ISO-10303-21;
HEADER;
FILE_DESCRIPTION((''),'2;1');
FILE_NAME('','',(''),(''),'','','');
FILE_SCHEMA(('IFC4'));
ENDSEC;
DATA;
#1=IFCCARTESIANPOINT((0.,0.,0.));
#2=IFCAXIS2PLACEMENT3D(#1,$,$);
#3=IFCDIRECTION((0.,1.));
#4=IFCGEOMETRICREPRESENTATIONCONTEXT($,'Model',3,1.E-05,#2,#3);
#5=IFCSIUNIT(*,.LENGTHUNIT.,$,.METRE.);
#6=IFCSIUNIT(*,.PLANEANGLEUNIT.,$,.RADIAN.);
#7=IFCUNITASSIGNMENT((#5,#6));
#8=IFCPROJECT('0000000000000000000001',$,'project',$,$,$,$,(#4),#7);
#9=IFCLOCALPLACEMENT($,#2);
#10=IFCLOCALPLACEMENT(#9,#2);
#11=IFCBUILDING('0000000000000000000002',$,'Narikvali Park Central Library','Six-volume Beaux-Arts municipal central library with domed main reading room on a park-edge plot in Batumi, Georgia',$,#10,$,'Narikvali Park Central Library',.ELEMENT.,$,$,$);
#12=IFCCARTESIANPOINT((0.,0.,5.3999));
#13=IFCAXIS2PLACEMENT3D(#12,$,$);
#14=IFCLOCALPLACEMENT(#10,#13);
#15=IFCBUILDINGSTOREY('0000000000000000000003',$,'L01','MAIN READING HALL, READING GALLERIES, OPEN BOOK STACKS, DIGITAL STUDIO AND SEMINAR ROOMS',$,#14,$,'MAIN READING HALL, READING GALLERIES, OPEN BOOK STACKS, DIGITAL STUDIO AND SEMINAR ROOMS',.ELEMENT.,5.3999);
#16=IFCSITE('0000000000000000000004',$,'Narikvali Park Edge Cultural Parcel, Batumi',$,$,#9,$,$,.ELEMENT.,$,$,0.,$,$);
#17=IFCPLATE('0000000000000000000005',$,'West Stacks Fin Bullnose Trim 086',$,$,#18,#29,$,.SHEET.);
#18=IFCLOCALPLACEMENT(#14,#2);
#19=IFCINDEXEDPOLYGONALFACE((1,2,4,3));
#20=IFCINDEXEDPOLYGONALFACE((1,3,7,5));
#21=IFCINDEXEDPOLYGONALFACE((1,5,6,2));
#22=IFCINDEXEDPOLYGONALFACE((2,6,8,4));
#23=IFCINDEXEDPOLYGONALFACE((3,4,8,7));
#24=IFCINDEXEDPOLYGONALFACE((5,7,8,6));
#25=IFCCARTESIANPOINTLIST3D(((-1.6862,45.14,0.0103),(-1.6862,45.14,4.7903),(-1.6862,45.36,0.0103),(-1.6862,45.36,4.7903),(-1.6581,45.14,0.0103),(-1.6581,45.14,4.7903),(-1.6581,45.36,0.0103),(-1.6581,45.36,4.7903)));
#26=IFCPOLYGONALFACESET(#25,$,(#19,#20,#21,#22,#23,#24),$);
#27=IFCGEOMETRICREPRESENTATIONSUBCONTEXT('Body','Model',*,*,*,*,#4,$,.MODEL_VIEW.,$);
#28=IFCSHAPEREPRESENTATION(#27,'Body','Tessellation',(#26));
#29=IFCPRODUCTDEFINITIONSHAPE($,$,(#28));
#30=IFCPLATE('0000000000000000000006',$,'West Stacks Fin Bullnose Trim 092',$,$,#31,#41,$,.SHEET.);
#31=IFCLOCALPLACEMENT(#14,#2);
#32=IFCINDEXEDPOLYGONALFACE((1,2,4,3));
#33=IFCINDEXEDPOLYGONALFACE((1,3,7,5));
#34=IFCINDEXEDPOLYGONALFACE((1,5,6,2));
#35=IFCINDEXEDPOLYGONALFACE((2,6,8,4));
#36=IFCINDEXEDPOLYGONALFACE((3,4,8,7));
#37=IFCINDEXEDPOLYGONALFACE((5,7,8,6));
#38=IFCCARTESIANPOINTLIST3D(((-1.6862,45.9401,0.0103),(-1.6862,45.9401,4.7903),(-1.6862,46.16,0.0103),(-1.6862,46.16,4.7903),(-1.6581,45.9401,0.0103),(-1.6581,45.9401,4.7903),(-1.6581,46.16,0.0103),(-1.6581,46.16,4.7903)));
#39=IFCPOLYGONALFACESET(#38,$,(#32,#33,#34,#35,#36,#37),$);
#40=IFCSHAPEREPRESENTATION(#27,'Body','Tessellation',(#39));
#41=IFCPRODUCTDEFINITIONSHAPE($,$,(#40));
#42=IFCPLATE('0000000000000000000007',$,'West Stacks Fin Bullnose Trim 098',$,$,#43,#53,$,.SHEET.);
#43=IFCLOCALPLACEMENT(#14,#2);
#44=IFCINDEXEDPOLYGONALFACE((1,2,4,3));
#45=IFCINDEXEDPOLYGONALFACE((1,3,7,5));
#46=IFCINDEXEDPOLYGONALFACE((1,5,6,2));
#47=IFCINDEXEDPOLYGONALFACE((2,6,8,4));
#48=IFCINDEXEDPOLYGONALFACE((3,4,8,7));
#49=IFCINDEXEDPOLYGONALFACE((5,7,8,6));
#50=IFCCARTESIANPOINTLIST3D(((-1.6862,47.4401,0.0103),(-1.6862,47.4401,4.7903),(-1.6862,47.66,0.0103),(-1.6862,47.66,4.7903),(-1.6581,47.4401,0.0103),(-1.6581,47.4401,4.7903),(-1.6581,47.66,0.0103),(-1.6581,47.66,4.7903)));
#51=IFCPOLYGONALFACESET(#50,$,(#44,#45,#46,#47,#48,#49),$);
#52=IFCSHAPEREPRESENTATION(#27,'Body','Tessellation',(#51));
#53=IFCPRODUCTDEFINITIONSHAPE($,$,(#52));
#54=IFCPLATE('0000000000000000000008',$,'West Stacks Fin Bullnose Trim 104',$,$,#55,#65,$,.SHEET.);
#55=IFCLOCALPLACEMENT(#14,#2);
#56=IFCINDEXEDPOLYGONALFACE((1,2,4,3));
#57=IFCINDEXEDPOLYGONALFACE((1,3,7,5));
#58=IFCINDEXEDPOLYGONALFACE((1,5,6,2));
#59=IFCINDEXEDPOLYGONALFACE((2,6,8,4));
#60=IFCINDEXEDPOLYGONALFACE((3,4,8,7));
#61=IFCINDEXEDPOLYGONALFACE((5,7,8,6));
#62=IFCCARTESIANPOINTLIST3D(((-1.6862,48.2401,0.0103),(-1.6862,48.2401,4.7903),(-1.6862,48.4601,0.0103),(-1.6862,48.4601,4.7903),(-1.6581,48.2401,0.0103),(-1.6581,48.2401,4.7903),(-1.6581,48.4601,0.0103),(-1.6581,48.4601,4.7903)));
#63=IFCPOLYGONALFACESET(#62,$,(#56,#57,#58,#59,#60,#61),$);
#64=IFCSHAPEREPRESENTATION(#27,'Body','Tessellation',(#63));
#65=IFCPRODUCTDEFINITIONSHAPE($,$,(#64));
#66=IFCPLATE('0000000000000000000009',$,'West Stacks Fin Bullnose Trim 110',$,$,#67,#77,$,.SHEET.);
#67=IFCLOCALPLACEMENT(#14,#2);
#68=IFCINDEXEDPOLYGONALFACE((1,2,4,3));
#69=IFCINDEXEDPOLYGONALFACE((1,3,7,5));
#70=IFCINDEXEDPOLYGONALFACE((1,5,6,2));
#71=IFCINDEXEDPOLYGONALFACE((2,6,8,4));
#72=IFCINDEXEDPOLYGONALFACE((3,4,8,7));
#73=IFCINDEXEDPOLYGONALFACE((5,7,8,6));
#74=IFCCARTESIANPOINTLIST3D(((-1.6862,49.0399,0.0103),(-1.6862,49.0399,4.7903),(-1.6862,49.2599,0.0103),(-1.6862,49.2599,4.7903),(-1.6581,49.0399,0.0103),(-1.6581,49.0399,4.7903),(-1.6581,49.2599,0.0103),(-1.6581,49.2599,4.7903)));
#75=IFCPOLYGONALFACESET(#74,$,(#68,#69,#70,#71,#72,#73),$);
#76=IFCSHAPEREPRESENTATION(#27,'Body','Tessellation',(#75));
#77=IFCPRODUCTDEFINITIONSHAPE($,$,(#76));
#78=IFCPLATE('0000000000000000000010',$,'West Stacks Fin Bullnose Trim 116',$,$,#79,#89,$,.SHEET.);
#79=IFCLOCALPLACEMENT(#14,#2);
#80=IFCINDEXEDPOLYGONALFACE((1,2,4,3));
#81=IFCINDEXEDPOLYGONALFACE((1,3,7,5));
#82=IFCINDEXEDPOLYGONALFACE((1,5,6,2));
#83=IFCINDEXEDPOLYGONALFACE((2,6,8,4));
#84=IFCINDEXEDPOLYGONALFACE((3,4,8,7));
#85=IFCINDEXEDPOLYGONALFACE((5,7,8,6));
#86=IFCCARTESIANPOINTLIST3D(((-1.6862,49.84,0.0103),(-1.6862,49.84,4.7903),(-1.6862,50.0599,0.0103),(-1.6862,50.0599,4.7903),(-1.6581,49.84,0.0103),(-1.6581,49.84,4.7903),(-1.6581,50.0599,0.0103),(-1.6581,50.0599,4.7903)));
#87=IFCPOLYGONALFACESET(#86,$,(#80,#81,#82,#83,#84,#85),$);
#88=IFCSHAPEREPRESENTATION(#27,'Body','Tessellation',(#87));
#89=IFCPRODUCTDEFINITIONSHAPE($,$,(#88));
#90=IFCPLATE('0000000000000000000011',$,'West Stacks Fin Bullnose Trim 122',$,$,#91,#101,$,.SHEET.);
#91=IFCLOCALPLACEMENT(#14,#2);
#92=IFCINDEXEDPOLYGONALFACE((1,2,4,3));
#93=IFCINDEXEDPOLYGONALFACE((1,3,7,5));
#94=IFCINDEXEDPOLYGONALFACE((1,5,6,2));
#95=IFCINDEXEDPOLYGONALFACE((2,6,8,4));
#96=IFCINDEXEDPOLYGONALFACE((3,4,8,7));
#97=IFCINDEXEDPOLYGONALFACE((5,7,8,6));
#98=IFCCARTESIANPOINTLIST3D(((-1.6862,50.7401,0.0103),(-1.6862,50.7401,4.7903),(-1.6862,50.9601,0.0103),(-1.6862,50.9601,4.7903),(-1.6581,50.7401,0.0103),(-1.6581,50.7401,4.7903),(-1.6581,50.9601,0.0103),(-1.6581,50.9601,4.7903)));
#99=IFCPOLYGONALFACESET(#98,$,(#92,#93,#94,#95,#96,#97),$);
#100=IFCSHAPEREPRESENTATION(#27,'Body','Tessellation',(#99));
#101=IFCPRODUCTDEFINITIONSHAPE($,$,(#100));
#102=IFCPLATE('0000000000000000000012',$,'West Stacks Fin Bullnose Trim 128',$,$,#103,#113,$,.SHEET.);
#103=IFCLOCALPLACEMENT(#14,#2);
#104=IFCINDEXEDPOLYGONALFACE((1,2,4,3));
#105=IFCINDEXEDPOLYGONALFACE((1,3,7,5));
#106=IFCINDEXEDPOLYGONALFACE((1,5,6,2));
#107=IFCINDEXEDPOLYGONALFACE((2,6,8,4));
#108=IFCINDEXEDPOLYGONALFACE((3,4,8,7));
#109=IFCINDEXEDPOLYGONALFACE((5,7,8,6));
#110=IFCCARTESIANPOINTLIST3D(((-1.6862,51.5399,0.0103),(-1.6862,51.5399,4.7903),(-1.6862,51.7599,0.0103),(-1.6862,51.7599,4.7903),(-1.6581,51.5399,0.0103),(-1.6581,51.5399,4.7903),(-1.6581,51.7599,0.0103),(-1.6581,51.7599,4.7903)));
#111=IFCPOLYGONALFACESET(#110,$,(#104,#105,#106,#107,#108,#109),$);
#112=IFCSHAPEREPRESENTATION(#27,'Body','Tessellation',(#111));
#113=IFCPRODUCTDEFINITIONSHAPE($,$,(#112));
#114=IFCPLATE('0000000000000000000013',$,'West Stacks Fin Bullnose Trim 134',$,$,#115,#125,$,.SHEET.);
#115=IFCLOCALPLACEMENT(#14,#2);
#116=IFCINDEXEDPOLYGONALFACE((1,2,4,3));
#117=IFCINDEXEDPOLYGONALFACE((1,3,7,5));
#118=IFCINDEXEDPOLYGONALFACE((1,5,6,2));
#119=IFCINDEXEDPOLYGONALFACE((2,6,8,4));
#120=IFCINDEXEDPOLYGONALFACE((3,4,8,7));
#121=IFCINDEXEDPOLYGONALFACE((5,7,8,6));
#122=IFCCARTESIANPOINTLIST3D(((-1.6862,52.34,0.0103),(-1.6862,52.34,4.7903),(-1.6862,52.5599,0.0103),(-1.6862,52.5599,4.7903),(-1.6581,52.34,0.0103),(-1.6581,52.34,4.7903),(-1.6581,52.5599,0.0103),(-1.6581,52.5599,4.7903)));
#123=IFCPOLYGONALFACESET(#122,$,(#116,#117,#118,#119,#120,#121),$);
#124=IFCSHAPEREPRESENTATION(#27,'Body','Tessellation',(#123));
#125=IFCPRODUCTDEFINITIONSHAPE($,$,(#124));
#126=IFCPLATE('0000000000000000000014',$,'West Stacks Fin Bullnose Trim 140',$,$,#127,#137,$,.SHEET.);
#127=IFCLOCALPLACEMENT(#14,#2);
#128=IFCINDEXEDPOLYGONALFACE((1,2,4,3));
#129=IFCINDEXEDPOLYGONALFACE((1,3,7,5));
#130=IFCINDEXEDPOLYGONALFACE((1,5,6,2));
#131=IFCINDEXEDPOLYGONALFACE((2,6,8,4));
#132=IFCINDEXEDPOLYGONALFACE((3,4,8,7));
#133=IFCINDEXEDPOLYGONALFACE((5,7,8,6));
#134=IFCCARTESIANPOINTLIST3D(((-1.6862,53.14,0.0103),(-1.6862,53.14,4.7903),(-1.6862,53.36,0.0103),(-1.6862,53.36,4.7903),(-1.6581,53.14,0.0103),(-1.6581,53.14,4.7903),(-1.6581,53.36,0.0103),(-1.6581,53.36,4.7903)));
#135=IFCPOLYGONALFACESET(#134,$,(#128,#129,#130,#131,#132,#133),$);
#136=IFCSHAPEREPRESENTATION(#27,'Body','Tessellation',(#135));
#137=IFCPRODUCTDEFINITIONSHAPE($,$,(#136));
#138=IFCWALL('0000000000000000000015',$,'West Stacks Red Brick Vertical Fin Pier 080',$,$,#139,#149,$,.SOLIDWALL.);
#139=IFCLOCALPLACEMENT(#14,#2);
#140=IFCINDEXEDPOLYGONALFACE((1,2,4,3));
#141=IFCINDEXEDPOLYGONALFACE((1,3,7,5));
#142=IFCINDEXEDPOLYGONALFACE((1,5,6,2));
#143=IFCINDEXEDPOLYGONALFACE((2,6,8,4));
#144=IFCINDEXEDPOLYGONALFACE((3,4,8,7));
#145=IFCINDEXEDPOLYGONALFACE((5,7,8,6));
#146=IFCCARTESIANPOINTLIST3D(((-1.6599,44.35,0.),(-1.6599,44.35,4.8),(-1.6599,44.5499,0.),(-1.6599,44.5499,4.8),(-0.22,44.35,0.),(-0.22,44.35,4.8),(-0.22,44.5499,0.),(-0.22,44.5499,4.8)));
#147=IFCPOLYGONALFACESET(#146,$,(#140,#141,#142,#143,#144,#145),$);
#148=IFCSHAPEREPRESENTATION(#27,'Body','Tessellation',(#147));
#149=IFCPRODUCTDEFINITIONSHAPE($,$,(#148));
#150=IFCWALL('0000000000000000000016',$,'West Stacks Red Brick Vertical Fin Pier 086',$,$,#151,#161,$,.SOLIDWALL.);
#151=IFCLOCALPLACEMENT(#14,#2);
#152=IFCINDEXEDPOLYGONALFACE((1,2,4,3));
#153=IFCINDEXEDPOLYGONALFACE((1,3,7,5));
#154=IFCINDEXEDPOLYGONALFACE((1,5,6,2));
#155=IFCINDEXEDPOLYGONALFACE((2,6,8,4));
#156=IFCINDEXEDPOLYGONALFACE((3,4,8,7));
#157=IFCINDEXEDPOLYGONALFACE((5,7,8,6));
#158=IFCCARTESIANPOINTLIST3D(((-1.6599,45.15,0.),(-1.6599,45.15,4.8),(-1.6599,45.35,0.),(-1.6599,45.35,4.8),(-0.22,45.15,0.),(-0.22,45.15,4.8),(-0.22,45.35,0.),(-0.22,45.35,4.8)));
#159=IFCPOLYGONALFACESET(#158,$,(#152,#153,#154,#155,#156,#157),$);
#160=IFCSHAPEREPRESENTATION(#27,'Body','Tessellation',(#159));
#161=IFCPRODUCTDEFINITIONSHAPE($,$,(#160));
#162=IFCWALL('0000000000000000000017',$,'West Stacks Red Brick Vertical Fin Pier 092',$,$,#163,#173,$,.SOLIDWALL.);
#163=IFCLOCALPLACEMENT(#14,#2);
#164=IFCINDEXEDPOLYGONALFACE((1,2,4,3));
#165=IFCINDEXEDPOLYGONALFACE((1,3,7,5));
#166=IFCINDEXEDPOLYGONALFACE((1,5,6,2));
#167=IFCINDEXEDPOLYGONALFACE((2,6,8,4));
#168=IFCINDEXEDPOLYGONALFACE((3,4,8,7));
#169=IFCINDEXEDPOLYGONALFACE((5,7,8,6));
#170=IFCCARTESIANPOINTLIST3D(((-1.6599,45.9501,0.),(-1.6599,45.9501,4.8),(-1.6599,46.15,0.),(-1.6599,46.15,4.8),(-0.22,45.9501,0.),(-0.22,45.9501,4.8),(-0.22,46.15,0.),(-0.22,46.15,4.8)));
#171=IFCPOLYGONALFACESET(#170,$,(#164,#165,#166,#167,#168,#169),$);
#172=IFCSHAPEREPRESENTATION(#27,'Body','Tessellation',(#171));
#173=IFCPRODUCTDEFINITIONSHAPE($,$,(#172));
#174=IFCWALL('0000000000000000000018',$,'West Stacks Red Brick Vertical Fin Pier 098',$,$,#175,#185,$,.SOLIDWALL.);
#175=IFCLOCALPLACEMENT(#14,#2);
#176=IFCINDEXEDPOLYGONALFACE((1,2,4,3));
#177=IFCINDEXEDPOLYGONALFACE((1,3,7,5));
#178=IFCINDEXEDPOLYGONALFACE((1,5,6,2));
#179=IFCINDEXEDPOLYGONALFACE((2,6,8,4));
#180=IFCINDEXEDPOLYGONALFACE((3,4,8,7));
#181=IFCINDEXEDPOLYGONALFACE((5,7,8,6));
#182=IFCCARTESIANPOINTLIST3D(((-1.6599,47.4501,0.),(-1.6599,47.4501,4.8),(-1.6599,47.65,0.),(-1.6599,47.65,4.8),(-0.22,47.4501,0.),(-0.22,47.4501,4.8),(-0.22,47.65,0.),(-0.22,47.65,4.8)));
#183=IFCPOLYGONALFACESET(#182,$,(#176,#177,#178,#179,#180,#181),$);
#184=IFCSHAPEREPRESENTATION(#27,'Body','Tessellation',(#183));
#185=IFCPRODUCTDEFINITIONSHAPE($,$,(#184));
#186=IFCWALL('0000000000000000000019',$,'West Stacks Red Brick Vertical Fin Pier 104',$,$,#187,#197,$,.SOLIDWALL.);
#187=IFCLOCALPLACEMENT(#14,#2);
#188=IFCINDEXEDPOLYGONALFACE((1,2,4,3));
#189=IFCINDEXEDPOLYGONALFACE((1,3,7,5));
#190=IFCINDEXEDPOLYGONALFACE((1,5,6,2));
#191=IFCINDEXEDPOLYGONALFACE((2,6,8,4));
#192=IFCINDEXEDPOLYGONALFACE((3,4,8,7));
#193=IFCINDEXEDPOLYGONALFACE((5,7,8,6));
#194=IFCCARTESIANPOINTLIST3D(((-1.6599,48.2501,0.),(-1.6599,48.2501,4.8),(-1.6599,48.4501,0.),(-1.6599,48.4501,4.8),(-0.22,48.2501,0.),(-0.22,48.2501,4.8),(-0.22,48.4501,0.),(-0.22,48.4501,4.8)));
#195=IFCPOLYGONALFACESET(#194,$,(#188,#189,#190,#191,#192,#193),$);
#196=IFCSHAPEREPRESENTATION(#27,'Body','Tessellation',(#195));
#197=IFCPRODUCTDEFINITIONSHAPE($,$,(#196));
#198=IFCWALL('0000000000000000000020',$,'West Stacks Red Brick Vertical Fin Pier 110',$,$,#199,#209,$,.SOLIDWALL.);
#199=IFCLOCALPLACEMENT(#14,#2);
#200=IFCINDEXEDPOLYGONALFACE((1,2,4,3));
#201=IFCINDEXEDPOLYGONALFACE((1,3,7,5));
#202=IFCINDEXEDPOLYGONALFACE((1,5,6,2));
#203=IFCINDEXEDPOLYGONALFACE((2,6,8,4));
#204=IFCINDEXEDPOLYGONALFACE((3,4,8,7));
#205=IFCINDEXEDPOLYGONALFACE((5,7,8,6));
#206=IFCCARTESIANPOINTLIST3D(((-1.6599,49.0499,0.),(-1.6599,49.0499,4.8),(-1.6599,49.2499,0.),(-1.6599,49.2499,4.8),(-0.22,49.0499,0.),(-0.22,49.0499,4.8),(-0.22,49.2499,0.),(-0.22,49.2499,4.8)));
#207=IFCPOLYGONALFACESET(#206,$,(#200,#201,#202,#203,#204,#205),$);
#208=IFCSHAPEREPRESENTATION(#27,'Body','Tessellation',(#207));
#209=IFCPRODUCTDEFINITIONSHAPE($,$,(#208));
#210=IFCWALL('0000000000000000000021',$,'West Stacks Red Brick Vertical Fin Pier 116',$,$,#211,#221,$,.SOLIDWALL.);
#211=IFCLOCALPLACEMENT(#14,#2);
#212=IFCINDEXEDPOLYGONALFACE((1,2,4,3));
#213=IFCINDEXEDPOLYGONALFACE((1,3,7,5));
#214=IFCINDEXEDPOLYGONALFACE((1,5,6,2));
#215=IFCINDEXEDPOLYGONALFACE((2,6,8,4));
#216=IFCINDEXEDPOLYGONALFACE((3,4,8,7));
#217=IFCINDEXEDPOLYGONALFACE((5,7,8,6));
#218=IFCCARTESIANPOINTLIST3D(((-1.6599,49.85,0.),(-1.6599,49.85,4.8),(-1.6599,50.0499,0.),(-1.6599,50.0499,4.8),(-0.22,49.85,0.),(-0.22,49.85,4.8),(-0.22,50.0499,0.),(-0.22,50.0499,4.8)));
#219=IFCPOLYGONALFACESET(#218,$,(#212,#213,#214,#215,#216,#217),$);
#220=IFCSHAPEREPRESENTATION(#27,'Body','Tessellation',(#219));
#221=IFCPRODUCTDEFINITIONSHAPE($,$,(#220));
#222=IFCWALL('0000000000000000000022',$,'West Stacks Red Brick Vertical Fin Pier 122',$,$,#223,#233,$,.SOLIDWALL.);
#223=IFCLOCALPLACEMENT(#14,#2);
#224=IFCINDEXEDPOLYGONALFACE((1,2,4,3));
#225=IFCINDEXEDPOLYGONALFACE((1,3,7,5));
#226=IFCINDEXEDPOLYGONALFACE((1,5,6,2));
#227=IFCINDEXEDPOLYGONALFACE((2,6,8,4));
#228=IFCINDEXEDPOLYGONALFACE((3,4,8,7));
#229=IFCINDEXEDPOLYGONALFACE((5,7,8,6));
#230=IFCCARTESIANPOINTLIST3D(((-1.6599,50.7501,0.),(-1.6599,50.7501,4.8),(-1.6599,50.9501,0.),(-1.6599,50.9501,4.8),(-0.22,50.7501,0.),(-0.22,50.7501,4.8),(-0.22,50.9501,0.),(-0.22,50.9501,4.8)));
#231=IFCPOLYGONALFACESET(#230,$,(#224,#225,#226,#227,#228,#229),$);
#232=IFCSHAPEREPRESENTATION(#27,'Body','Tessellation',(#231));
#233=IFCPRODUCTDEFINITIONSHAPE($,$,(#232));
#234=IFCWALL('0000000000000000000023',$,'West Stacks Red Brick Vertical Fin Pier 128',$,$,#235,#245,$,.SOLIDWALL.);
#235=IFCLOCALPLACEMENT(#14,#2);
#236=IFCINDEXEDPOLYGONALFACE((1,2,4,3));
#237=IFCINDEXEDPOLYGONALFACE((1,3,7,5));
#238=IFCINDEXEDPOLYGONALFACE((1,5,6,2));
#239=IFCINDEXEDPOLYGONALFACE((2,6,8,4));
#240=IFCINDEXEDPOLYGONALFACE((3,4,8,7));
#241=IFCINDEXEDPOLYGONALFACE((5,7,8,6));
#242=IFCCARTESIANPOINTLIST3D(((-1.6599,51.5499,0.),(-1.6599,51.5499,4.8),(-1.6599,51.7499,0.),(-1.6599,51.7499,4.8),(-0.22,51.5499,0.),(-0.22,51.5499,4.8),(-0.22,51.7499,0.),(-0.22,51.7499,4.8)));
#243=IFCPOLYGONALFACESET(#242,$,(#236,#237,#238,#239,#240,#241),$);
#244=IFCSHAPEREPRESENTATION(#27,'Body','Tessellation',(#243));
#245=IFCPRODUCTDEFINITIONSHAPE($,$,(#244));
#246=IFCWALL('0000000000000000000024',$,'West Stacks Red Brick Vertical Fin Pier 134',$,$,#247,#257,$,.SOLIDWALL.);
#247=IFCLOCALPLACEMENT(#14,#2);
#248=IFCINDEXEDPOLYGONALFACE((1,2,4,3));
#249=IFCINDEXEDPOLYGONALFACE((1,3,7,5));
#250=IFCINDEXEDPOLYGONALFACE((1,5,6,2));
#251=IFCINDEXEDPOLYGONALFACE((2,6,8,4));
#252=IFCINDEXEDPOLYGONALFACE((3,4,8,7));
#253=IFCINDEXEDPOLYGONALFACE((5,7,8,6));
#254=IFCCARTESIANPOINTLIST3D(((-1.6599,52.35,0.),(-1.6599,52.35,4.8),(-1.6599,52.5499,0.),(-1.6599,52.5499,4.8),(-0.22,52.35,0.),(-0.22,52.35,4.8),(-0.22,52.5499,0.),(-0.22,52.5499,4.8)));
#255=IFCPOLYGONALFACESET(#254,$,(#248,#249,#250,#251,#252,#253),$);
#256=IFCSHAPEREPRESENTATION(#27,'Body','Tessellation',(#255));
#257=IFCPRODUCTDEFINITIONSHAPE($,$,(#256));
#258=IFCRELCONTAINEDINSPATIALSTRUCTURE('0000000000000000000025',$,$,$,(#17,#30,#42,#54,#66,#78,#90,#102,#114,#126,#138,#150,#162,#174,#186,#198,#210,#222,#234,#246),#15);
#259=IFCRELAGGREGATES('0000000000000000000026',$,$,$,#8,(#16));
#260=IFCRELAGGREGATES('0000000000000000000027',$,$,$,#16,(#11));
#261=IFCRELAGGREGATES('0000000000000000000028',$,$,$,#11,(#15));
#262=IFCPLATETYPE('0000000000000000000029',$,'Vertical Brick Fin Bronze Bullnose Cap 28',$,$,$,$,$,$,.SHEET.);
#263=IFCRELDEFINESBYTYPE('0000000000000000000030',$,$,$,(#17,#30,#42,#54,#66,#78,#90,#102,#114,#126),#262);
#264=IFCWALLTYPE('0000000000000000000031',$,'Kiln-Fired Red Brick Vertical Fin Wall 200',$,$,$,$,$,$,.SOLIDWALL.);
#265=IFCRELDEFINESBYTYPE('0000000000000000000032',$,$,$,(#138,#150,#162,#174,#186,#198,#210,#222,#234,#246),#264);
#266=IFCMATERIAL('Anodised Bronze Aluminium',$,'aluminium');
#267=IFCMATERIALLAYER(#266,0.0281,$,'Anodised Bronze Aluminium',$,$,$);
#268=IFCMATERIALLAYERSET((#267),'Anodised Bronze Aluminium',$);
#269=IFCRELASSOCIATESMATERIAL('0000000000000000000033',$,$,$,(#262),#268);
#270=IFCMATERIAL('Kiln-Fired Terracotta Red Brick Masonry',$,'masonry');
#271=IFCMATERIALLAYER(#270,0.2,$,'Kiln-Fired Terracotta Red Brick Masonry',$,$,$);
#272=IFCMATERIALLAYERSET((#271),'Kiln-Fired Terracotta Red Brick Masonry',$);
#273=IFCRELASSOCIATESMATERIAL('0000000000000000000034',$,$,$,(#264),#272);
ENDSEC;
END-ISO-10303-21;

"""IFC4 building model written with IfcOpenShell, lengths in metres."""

from ifc_helpers import new_model, si_unit, direction, frame, frame_2d, origin, origin_2d, place, context, subcontext, project, spatial, rectangle, extrude, material, layer, layer_set, type_object, element, save


model = new_model("IFC4")

# Units and contexts
model_context = context("Model", 3, precision=1e-05, world=origin(), true_north=direction((0.0, 1.0)))
body_context = subcontext(model_context, "Body", "Model", "MODEL_VIEW")
ifc_project = project(units=[si_unit("LENGTHUNIT", "METRE"), si_unit("PLANEANGLEUNIT", "RADIAN")], contexts=[model_context])

# Site, building, storey
site_placement = place(None, origin())
site = spatial("IfcSite", under=ifc_project, at=site_placement, Name="Narikvali Park Edge Cultural Parcel, Batumi", CompositionType="ELEMENT", RefElevation=0.0)
building_placement = place(site_placement, origin())
building = spatial("IfcBuilding", under=site, at=building_placement, Name="Narikvali Park Central Library", Description="Six-volume Beaux-Arts municipal central library with domed main reading room on a park-edge plot in Batumi, Georgia", LongName="Narikvali Park Central Library", CompositionType="ELEMENT")
storey_placement = place(building_placement, frame((0.0, 0.0, 5.3999)))
storey = spatial("IfcBuildingStorey", under=building, at=storey_placement, Name="L01", Description="MAIN READING HALL, READING GALLERIES, OPEN BOOK STACKS, DIGITAL STUDIO AND SEMINAR ROOMS", LongName="MAIN READING HALL, READING GALLERIES, OPEN BOOK STACKS, DIGITAL STUDIO AND SEMINAR ROOMS", CompositionType="ELEMENT", Elevation=5.3999)

# Plates
ifc_material_1 = material(Name="Anodised Bronze Aluminium", Category="aluminium")
ifc_layer_1 = layer(ifc_material_1, 0.0281, Name="Anodised Bronze Aluminium")
ifc_layer_set_1 = layer_set([ifc_layer_1], Name="Anodised Bronze Aluminium")
plate_type = type_object("IfcPlateType", Name="Vertical Brick Fin Bronze Bullnose Cap 28", PredefinedType="SHEET", material=ifc_layer_set_1)
for number, where, z_axis, x_axis, name in (
    (1, (-1.6721, 45.25, 0.0103), (0.0, 0.0, 1.0), (1.0, 0.0, 0.0), "West Stacks Fin Bullnose Trim 086"),
    (2, (-1.6721, 46.05, 0.0103), (0.0, 0.0, 1.0), (1.0, 0.0, 0.0), "West Stacks Fin Bullnose Trim 092"),
    (3, (-1.6721, 47.55, 0.0103), (0.0, 0.0, 1.0), (1.0, 0.0, 0.0), "West Stacks Fin Bullnose Trim 098"),
    (4, (-1.6721, 48.3501, 0.0103), (0.0, 0.0, 1.0), (1.0, 0.0, 0.0), "West Stacks Fin Bullnose Trim 104"),
    (5, (-1.6721, 49.1499, 0.0103), (0.0, 0.0, 1.0), (1.0, 0.0, 0.0), "West Stacks Fin Bullnose Trim 110"),
    (6, (-1.6721, 49.95, 0.0103), (0.0, 0.0, 1.0), (1.0, 0.0, 0.0), "West Stacks Fin Bullnose Trim 116"),
    (7, (-1.6721, 50.8501, 0.0103), (0.0, 0.0, 1.0), (1.0, 0.0, 0.0), "West Stacks Fin Bullnose Trim 122"),
    (8, (-1.6721, 51.6499, 0.0103), (0.0, 0.0, 1.0), (1.0, 0.0, 0.0), "West Stacks Fin Bullnose Trim 128"),
    (9, (-1.6721, 52.45, 0.0103), (0.0, 0.0, 1.0), (1.0, 0.0, 0.0), "West Stacks Fin Bullnose Trim 134"),
    (10, (-1.6721, 53.25, 0.0103), (0.0, 0.0, 1.0), (1.0, 0.0, 0.0), "West Stacks Fin Bullnose Trim 140"),
):
    element("IfcPlate", number, at=place(storey_placement, frame(where, z_axis=z_axis, x_axis=x_axis)), inside=storey, type_object=plate_type, Name=name, PredefinedType="SHEET", context=body_context, shape_type="SweptSolid", body=[
        extrude(rectangle(XDim=0.0281, YDim=0.22, at=origin_2d()), origin(), (0.0, 0.0, 1.0), 4.78),
    ])

# Walls
ifc_material_2 = material(Name="Kiln-Fired Terracotta Red Brick Masonry", Category="masonry")
ifc_layer_2 = layer(ifc_material_2, 0.2, Name="Kiln-Fired Terracotta Red Brick Masonry")
ifc_layer_set_2 = layer_set([ifc_layer_2], Name="Kiln-Fired Terracotta Red Brick Masonry")
wall_type = type_object("IfcWallType", Name="Kiln-Fired Red Brick Vertical Fin Wall 200", PredefinedType="SOLIDWALL", material=ifc_layer_set_2)
for number, where, z_axis, x_axis, name in (
    (11, (-1.6599, 44.45, 0.0), (0.0, 0.0, 1.0), (1.0, 0.0, 0.0), "West Stacks Red Brick Vertical Fin Pier 080"),
    (12, (-1.6599, 45.25, 0.0), (0.0, 0.0, 1.0), (1.0, 0.0, 0.0), "West Stacks Red Brick Vertical Fin Pier 086"),
    (13, (-1.6599, 46.05, 0.0), (0.0, 0.0, 1.0), (1.0, 0.0, 0.0), "West Stacks Red Brick Vertical Fin Pier 092"),
    (14, (-1.6599, 47.55, 0.0), (0.0, 0.0, 1.0), (1.0, 0.0, 0.0), "West Stacks Red Brick Vertical Fin Pier 098"),
    (15, (-1.6599, 48.3501, 0.0), (0.0, 0.0, 1.0), (1.0, 0.0, 0.0), "West Stacks Red Brick Vertical Fin Pier 104"),
    (16, (-1.6599, 49.1499, 0.0), (0.0, 0.0, 1.0), (1.0, 0.0, 0.0), "West Stacks Red Brick Vertical Fin Pier 110"),
    (17, (-1.6599, 49.95, 0.0), (0.0, 0.0, 1.0), (1.0, 0.0, 0.0), "West Stacks Red Brick Vertical Fin Pier 116"),
    (18, (-1.6599, 50.8501, 0.0), (0.0, 0.0, 1.0), (1.0, 0.0, 0.0), "West Stacks Red Brick Vertical Fin Pier 122"),
    (19, (-1.6599, 51.6499, 0.0), (0.0, 0.0, 1.0), (1.0, 0.0, 0.0), "West Stacks Red Brick Vertical Fin Pier 128"),
    (20, (-1.6599, 52.45, 0.0), (0.0, 0.0, 1.0), (1.0, 0.0, 0.0), "West Stacks Red Brick Vertical Fin Pier 134"),
):
    element("IfcWall", number, at=place(storey_placement, frame(where, z_axis=z_axis, x_axis=x_axis)), inside=storey, type_object=wall_type, Name=name, PredefinedType="SOLIDWALL", context=body_context, shape_type="SweptSolid", body=[
        extrude(rectangle(XDim=1.4399, YDim=0.2, at=frame_2d((0.72, 0.0))), origin(), (0.0, 0.0, 1.0), 4.8),
    ])

save(model, "model.ifc")
